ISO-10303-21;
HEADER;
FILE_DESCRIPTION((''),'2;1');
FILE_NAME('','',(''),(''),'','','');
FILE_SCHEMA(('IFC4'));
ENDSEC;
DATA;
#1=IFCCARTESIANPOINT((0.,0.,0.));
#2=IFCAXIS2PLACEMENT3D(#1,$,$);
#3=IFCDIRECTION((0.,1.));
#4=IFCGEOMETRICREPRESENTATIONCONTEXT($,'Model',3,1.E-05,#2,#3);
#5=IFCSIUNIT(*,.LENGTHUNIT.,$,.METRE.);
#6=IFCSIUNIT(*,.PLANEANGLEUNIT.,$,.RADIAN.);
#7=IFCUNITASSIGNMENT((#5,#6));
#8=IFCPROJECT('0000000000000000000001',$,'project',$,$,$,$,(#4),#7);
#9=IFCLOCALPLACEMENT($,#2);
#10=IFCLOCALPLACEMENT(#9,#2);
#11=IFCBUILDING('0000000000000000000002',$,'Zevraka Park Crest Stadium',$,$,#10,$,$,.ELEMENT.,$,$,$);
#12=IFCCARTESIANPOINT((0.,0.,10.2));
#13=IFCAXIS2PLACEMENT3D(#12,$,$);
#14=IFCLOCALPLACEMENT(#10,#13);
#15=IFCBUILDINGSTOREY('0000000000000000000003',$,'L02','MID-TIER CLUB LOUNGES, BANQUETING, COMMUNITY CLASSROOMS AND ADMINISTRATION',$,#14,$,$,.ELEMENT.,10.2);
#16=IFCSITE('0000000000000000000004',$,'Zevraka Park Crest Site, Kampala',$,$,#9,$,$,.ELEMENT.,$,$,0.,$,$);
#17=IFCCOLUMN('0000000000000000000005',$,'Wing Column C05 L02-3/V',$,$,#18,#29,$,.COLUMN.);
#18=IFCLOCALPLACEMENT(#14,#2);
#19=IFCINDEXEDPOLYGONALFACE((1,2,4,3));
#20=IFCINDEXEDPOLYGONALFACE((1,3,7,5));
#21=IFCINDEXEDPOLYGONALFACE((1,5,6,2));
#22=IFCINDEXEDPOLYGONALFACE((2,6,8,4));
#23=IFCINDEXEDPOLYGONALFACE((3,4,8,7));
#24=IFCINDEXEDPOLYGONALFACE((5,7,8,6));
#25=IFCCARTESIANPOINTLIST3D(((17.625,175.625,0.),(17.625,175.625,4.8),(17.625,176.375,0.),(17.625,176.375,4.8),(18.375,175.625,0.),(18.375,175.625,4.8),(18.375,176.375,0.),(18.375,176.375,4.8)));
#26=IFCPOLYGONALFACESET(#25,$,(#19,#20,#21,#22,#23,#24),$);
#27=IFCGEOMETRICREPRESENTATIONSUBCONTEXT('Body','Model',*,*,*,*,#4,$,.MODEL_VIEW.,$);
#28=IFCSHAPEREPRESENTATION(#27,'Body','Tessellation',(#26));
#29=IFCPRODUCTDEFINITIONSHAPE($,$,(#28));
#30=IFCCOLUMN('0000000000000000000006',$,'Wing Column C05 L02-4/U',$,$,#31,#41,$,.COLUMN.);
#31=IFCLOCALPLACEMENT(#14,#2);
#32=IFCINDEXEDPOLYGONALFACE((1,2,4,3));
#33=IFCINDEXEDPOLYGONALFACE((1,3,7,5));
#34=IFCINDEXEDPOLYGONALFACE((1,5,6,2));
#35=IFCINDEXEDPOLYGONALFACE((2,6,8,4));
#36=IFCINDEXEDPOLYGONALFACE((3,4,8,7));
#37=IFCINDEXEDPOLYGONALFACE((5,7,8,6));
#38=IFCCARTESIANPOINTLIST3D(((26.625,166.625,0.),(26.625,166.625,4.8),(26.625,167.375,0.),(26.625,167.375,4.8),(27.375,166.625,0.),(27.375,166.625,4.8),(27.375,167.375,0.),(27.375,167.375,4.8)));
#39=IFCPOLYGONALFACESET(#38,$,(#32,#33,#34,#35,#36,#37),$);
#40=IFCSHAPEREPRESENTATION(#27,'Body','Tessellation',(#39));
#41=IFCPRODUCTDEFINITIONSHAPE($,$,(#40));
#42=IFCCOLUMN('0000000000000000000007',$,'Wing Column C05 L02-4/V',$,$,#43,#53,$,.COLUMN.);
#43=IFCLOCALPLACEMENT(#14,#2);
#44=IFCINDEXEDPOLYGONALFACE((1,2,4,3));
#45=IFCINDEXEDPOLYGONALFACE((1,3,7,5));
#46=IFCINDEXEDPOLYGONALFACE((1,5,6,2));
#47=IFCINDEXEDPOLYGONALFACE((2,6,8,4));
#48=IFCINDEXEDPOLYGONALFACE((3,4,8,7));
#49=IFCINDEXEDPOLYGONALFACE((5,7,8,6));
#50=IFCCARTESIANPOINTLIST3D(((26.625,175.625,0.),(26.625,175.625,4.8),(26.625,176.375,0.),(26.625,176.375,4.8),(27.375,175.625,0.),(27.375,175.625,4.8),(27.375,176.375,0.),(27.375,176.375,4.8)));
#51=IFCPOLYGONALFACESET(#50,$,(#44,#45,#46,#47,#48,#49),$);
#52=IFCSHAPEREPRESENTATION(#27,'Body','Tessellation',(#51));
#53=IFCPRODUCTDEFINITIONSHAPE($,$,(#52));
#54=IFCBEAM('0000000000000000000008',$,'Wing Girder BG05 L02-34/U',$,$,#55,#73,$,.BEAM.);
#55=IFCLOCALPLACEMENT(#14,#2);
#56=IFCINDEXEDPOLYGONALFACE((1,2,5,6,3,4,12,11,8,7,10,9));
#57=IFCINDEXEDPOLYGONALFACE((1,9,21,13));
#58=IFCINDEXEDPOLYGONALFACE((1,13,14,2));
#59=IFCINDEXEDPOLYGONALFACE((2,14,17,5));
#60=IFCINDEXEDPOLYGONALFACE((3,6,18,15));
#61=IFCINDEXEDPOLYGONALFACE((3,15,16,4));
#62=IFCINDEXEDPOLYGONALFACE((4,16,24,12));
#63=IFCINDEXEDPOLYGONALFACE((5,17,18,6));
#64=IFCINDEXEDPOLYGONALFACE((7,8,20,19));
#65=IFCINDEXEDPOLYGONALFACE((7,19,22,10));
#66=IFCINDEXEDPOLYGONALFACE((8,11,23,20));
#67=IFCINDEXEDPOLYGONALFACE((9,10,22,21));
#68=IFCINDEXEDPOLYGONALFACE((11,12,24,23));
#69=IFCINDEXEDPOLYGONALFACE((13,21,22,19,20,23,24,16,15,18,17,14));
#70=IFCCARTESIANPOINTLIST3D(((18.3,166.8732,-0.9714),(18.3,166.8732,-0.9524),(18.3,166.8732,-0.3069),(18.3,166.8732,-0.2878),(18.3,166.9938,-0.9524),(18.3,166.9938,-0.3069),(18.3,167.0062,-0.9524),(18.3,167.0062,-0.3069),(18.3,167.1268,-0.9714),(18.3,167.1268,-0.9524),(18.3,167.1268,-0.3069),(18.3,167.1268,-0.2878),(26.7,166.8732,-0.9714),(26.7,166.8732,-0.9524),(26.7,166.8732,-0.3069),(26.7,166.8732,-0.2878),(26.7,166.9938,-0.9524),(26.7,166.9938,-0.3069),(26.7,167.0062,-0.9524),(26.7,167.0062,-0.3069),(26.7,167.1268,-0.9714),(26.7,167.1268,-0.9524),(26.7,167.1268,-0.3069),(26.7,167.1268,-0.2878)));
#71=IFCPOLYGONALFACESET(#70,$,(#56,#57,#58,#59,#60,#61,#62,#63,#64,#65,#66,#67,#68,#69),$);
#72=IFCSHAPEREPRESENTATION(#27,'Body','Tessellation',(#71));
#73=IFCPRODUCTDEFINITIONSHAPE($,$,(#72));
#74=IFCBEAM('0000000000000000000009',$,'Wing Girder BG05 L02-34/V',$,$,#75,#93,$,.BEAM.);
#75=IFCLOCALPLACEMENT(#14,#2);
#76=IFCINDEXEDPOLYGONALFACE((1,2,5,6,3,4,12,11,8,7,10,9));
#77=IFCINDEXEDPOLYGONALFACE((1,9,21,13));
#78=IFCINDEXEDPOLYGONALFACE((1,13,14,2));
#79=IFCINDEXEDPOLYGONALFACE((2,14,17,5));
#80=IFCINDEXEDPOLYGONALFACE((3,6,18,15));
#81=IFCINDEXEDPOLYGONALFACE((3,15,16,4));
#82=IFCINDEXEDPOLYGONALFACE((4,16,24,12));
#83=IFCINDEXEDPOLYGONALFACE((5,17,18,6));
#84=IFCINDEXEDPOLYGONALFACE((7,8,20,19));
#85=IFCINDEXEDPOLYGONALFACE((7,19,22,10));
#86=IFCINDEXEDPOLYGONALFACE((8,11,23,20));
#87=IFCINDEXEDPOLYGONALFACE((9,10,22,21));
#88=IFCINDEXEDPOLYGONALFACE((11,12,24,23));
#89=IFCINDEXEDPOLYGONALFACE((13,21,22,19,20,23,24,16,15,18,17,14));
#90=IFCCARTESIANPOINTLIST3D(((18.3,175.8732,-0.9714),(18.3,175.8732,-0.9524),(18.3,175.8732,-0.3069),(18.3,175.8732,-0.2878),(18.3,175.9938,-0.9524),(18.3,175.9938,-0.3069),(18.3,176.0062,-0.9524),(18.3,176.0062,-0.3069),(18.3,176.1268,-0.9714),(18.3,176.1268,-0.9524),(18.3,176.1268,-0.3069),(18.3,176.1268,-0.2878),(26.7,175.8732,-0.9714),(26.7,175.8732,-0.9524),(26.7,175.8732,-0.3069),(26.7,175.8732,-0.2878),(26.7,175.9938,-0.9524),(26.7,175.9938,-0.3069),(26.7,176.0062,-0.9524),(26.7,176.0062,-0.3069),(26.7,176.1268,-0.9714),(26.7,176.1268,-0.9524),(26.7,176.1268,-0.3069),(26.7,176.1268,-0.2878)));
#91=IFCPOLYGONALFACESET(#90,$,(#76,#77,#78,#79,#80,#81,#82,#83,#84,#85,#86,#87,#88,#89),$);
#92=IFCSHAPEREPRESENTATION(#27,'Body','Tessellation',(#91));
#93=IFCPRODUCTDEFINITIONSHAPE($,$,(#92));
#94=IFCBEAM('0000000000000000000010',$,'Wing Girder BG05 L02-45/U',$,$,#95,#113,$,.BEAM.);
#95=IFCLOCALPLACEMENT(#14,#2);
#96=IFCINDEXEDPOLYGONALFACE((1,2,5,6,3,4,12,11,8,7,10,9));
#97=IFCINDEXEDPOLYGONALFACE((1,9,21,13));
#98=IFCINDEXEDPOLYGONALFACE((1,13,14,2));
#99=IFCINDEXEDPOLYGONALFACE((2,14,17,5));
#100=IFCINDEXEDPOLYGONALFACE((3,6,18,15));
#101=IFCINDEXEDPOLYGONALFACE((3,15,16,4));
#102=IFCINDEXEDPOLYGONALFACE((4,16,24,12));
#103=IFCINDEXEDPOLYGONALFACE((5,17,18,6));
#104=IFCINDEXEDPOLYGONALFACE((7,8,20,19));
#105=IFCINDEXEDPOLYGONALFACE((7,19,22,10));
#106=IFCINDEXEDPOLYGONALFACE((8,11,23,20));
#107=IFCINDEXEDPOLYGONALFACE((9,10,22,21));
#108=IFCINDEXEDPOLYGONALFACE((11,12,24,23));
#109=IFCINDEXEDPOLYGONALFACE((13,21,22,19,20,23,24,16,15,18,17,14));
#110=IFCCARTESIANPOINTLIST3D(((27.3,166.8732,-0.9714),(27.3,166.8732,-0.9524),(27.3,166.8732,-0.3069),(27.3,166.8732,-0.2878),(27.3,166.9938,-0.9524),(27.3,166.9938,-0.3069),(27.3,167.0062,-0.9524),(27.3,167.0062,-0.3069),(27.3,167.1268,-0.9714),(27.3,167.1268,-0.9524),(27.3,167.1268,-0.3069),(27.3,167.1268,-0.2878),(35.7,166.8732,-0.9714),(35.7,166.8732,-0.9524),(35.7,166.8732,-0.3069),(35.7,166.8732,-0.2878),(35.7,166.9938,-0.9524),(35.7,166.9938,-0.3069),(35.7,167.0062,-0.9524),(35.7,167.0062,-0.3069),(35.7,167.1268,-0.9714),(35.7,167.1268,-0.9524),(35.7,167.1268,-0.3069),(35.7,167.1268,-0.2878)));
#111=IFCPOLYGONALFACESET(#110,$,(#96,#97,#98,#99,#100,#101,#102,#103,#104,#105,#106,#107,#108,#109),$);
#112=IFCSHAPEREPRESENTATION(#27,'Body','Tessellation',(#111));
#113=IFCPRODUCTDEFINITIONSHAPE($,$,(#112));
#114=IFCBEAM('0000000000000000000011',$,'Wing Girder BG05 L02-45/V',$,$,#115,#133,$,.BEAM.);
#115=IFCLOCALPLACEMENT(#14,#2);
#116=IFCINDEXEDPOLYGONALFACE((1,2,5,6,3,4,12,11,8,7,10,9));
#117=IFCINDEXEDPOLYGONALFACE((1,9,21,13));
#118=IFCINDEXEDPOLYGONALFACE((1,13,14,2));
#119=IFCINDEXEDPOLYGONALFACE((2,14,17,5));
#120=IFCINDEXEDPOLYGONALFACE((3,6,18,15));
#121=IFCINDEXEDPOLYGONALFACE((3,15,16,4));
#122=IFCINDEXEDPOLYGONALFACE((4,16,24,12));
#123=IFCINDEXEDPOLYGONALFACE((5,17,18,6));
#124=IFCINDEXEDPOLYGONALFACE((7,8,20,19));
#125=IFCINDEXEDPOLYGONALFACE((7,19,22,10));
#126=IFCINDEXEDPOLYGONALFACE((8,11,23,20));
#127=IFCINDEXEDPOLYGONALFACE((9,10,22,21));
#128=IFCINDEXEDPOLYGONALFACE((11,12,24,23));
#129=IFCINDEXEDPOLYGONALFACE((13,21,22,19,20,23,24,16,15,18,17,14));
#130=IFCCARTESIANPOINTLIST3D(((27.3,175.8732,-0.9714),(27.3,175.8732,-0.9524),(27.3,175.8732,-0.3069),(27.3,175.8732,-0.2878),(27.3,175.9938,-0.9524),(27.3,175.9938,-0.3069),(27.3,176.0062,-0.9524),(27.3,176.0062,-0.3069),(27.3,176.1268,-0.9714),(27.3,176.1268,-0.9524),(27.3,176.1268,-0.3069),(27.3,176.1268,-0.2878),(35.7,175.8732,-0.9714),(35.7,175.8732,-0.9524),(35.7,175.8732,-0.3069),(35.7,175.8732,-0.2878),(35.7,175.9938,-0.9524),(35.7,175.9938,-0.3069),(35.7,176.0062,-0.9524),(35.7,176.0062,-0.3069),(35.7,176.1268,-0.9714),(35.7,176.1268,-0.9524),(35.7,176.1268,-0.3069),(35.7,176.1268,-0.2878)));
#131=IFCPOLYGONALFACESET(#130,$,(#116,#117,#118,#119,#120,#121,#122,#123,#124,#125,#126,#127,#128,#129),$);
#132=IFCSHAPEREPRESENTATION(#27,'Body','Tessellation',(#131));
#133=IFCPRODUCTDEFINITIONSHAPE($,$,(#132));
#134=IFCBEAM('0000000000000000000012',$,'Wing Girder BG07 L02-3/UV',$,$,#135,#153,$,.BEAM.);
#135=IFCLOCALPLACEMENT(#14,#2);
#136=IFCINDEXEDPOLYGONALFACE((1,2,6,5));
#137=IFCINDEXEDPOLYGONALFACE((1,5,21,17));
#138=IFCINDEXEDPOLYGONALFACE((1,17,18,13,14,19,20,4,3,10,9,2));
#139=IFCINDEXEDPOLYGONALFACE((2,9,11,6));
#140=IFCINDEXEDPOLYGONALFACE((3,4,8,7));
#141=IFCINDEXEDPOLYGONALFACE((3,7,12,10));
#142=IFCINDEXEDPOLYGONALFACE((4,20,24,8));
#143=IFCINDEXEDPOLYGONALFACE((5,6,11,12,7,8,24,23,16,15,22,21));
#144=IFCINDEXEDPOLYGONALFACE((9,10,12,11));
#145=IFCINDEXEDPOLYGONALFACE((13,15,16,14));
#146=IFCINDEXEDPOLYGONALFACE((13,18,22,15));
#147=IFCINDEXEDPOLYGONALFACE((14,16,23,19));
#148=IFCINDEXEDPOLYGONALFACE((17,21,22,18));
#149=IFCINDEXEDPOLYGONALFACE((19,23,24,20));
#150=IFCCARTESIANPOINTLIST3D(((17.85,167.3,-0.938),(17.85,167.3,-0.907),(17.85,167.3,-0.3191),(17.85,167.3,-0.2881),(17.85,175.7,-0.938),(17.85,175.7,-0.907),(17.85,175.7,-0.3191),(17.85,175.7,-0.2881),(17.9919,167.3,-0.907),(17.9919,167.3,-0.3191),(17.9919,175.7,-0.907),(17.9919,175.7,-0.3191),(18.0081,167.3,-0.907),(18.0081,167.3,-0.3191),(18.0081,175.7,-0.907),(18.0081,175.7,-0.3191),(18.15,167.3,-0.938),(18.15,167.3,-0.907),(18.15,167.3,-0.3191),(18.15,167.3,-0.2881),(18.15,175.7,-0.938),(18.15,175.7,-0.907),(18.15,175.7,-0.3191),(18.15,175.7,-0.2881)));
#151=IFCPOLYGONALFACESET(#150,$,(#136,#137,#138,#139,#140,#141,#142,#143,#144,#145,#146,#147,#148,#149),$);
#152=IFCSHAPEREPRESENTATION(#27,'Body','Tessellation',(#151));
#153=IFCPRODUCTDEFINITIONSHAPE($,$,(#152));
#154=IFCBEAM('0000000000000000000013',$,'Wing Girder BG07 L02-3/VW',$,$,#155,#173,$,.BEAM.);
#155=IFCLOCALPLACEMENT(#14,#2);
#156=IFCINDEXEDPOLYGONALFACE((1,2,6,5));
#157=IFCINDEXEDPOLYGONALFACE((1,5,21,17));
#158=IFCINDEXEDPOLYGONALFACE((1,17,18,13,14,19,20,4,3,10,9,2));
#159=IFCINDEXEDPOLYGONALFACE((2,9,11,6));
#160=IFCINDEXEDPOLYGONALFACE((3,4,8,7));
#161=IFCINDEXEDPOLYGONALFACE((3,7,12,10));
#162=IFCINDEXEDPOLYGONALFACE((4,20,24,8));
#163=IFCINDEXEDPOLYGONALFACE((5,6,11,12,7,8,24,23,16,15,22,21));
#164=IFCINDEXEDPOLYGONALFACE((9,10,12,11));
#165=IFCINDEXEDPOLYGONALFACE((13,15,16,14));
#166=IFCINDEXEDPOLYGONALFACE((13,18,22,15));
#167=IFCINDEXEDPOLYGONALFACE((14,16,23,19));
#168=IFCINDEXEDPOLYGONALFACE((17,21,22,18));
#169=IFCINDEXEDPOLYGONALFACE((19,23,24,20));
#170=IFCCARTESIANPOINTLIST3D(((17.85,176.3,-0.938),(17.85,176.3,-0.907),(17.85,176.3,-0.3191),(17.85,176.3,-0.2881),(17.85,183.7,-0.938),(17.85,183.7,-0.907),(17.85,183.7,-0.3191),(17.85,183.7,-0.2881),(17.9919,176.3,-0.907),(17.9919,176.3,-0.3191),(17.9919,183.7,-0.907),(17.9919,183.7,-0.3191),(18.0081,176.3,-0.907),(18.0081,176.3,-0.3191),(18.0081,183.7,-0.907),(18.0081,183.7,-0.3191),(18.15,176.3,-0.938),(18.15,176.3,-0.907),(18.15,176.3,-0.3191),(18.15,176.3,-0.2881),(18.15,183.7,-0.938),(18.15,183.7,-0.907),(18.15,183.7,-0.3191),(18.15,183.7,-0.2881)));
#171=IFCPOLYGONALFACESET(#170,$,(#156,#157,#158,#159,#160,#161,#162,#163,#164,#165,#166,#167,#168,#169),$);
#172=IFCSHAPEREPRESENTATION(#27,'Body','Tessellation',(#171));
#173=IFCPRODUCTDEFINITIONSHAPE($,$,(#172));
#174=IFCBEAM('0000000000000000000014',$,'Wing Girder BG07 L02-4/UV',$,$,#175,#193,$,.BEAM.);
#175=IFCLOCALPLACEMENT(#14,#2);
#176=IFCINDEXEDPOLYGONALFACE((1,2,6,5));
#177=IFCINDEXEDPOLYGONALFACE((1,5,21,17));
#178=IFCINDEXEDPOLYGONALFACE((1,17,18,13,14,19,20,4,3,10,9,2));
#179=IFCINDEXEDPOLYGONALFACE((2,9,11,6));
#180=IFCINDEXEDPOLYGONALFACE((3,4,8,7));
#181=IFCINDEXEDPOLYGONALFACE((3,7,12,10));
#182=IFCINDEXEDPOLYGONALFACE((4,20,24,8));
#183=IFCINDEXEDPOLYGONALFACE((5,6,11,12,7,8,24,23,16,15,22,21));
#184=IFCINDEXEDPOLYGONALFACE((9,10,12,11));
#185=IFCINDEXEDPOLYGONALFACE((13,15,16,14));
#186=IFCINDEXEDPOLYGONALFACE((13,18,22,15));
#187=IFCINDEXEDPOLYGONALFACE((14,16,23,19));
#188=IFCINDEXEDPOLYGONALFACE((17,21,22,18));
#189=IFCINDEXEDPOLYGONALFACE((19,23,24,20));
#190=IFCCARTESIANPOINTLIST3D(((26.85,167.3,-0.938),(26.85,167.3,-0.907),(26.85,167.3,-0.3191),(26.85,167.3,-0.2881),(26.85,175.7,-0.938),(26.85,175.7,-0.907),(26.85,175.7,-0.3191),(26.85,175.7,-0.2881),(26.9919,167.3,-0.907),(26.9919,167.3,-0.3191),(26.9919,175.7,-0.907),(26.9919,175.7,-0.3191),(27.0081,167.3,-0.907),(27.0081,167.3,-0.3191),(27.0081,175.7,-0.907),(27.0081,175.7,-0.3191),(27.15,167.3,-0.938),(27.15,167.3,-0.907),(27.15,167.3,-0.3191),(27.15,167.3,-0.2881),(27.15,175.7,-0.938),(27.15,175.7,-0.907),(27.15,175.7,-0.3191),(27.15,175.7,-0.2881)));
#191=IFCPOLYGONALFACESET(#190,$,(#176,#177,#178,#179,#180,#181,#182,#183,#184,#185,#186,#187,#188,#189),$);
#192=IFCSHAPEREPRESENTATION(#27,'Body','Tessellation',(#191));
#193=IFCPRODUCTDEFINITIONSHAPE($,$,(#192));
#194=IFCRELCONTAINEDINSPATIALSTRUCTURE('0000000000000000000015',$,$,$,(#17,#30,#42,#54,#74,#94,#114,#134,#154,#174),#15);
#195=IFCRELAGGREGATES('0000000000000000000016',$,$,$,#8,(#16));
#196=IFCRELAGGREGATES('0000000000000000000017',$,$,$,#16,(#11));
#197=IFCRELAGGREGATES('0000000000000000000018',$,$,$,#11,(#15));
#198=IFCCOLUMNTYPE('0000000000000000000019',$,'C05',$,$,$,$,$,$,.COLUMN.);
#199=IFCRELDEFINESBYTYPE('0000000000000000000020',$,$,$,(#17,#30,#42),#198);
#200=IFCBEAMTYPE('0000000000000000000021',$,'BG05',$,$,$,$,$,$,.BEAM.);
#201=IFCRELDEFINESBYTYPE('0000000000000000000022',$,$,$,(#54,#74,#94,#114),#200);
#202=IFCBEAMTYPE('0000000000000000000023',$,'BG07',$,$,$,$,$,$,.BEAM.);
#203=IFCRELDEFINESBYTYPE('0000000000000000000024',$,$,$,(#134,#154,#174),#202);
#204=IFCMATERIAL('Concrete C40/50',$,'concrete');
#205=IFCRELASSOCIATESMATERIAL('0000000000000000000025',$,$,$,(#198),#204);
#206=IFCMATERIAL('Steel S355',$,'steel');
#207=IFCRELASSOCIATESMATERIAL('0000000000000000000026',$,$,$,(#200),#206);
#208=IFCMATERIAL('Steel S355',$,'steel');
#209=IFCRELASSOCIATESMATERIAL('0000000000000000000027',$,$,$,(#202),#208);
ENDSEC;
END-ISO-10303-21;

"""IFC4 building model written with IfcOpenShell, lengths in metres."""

from ifc_helpers import new_model, si_unit, direction, frame, origin, origin_2d, place, context, subcontext, project, spatial, rectangle, i_section, extrude, material, material_profile, profile_set, type_object, element, save


model = new_model("IFC4")

# Units and contexts
model_context = context("Model", 3, precision=1e-05, world=origin(), true_north=direction((0.0, 1.0)))
body_context = subcontext(model_context, "Body", "Model", "MODEL_VIEW")
ifc_project = project(units=[si_unit("LENGTHUNIT", "METRE"), si_unit("PLANEANGLEUNIT", "RADIAN")], contexts=[model_context])

# Site, building, storey
site_placement = place(None, origin())
site = spatial("IfcSite", under=ifc_project, at=site_placement, Name="Zevraka Park Crest Site, Kampala", CompositionType="ELEMENT", RefElevation=0.0)
building_placement = place(site_placement, origin())
building = spatial("IfcBuilding", under=site, at=building_placement, Name="Zevraka Park Crest Stadium", CompositionType="ELEMENT")
storey_placement = place(building_placement, frame((0.0, 0.0, 10.2)))
storey = spatial("IfcBuildingStorey", under=building, at=storey_placement, Name="L02", Description="MID-TIER CLUB LOUNGES, BANQUETING, COMMUNITY CLASSROOMS AND ADMINISTRATION", CompositionType="ELEMENT", Elevation=10.2)

# Columns
ifc_material_1 = material(Name="Concrete C40/50", Category="concrete")
ifc_material_profile_1 = material_profile(ifc_material_1, rectangle(XDim=0.75, YDim=0.75, at=origin_2d()), Name="RC 750x750")
ifc_profile_set_1 = profile_set([ifc_material_profile_1], Name="Concrete C40/50")
column_type = type_object("IfcColumnType", Name="C05", PredefinedType="COLUMN", material=ifc_profile_set_1)
for number, where, z_axis, x_axis, name in (
    (1, (18.0, 176.0, 0.0), (0.0, 0.0, 1.0), (1.0, 0.0, 0.0), "Wing Column C05 L02-3/V"),
    (2, (27.0, 167.0, 0.0), (0.0, 0.0, 1.0), (1.0, 0.0, 0.0), "Wing Column C05 L02-4/U"),
    (3, (27.0, 176.0, 0.0), (0.0, 0.0, 1.0), (1.0, 0.0, 0.0), "Wing Column C05 L02-4/V"),
):
    element("IfcColumn", number, at=place(storey_placement, frame(where, z_axis=z_axis, x_axis=x_axis)), inside=storey, type_object=column_type, Name=name, PredefinedType="COLUMN", context=body_context, shape_type="SweptSolid", body=[
        extrude(rectangle(XDim=0.75, YDim=0.75, at=origin_2d()), origin(), (0.0, 0.0, 1.0), 4.8),
    ])

# Beams
ifc_material_2 = material(Name="Steel S355", Category="steel")
ifc_material_profile_2 = material_profile(ifc_material_2, i_section(OverallWidth=0.2537, OverallDepth=0.6836, WebThickness=0.0125, FlangeThickness=0.019, at=origin_2d()), Name="UKB 686x254x140")
ifc_profile_set_2 = profile_set([ifc_material_profile_2], Name="Steel S355")
beam_type_1 = type_object("IfcBeamType", Name="BG05", PredefinedType="BEAM", material=ifc_profile_set_2)
for number, where, z_axis, x_axis, name in (
    (4, (18.3, 167.0, -0.6296), (1.0, 0.0, 0.0), (0.0, 1.0, 0.0), "Wing Girder BG05 L02-34/U"),
    (5, (18.3, 176.0, -0.6296), (1.0, 0.0, 0.0), (0.0, 1.0, 0.0), "Wing Girder BG05 L02-34/V"),
    (6, (27.3, 167.0, -0.6296), (1.0, 0.0, 0.0), (0.0, 1.0, 0.0), "Wing Girder BG05 L02-45/U"),
    (7, (27.3, 176.0, -0.6296), (1.0, 0.0, 0.0), (0.0, 1.0, 0.0), "Wing Girder BG05 L02-45/V"),
):
    element("IfcBeam", number, at=place(storey_placement, frame(where, z_axis=z_axis, x_axis=x_axis)), inside=storey, type_object=beam_type_1, Name=name, PredefinedType="BEAM", context=body_context, shape_type="SweptSolid", body=[
        extrude(i_section(OverallWidth=0.2537, OverallDepth=0.6836, WebThickness=0.0125, FlangeThickness=0.019, at=origin_2d()), origin(), (0.0, 0.0, 1.0), 8.3999),
    ])
ifc_material_3 = material(Name="Steel S355", Category="steel")
ifc_material_profile_3 = material_profile(ifc_material_3, i_section(OverallWidth=0.3, OverallDepth=0.6499, WebThickness=0.0161, FlangeThickness=0.031, at=origin_2d()), Name="HEB 650")
ifc_profile_set_3 = profile_set([ifc_material_profile_3], Name="Steel S355")
beam_type_2 = type_object("IfcBeamType", Name="BG07", PredefinedType="BEAM", material=ifc_profile_set_3)
beam_1_placement = place(storey_placement, frame((18.0, 167.3, -0.613), z_axis=(0.0, 1.0, 0.0), x_axis=(-1.0, 0.0, 0.0)))
element("IfcBeam", 8, at=beam_1_placement, inside=storey, type_object=beam_type_2, Name="Wing Girder BG07 L02-3/UV", PredefinedType="BEAM", context=body_context, shape_type="SweptSolid", body=[
    extrude(i_section(OverallWidth=0.3, OverallDepth=0.6499, WebThickness=0.0161, FlangeThickness=0.031, at=origin_2d()), origin(), (0.0, 0.0, 1.0), 8.3999),
])
beam_2_placement = place(storey_placement, frame((18.0, 176.3, -0.613), z_axis=(0.0, 1.0, 0.0), x_axis=(-1.0, 0.0, 0.0)))
element("IfcBeam", 9, at=beam_2_placement, inside=storey, type_object=beam_type_2, Name="Wing Girder BG07 L02-3/VW", PredefinedType="BEAM", context=body_context, shape_type="SweptSolid", body=[
    extrude(i_section(OverallWidth=0.3, OverallDepth=0.6499, WebThickness=0.0161, FlangeThickness=0.031, at=origin_2d()), origin(), (0.0, 0.0, 1.0), 7.3999),
])
beam_3_placement = place(storey_placement, frame((27.0, 167.3, -0.613), z_axis=(0.0, 1.0, 0.0), x_axis=(-1.0, 0.0, 0.0)))
element("IfcBeam", 10, at=beam_3_placement, inside=storey, type_object=beam_type_2, Name="Wing Girder BG07 L02-4/UV", PredefinedType="BEAM", context=body_context, shape_type="SweptSolid", body=[
    extrude(i_section(OverallWidth=0.3, OverallDepth=0.6499, WebThickness=0.0161, FlangeThickness=0.031, at=origin_2d()), origin(), (0.0, 0.0, 1.0), 8.3999),
])

save(model, "model.ifc")
